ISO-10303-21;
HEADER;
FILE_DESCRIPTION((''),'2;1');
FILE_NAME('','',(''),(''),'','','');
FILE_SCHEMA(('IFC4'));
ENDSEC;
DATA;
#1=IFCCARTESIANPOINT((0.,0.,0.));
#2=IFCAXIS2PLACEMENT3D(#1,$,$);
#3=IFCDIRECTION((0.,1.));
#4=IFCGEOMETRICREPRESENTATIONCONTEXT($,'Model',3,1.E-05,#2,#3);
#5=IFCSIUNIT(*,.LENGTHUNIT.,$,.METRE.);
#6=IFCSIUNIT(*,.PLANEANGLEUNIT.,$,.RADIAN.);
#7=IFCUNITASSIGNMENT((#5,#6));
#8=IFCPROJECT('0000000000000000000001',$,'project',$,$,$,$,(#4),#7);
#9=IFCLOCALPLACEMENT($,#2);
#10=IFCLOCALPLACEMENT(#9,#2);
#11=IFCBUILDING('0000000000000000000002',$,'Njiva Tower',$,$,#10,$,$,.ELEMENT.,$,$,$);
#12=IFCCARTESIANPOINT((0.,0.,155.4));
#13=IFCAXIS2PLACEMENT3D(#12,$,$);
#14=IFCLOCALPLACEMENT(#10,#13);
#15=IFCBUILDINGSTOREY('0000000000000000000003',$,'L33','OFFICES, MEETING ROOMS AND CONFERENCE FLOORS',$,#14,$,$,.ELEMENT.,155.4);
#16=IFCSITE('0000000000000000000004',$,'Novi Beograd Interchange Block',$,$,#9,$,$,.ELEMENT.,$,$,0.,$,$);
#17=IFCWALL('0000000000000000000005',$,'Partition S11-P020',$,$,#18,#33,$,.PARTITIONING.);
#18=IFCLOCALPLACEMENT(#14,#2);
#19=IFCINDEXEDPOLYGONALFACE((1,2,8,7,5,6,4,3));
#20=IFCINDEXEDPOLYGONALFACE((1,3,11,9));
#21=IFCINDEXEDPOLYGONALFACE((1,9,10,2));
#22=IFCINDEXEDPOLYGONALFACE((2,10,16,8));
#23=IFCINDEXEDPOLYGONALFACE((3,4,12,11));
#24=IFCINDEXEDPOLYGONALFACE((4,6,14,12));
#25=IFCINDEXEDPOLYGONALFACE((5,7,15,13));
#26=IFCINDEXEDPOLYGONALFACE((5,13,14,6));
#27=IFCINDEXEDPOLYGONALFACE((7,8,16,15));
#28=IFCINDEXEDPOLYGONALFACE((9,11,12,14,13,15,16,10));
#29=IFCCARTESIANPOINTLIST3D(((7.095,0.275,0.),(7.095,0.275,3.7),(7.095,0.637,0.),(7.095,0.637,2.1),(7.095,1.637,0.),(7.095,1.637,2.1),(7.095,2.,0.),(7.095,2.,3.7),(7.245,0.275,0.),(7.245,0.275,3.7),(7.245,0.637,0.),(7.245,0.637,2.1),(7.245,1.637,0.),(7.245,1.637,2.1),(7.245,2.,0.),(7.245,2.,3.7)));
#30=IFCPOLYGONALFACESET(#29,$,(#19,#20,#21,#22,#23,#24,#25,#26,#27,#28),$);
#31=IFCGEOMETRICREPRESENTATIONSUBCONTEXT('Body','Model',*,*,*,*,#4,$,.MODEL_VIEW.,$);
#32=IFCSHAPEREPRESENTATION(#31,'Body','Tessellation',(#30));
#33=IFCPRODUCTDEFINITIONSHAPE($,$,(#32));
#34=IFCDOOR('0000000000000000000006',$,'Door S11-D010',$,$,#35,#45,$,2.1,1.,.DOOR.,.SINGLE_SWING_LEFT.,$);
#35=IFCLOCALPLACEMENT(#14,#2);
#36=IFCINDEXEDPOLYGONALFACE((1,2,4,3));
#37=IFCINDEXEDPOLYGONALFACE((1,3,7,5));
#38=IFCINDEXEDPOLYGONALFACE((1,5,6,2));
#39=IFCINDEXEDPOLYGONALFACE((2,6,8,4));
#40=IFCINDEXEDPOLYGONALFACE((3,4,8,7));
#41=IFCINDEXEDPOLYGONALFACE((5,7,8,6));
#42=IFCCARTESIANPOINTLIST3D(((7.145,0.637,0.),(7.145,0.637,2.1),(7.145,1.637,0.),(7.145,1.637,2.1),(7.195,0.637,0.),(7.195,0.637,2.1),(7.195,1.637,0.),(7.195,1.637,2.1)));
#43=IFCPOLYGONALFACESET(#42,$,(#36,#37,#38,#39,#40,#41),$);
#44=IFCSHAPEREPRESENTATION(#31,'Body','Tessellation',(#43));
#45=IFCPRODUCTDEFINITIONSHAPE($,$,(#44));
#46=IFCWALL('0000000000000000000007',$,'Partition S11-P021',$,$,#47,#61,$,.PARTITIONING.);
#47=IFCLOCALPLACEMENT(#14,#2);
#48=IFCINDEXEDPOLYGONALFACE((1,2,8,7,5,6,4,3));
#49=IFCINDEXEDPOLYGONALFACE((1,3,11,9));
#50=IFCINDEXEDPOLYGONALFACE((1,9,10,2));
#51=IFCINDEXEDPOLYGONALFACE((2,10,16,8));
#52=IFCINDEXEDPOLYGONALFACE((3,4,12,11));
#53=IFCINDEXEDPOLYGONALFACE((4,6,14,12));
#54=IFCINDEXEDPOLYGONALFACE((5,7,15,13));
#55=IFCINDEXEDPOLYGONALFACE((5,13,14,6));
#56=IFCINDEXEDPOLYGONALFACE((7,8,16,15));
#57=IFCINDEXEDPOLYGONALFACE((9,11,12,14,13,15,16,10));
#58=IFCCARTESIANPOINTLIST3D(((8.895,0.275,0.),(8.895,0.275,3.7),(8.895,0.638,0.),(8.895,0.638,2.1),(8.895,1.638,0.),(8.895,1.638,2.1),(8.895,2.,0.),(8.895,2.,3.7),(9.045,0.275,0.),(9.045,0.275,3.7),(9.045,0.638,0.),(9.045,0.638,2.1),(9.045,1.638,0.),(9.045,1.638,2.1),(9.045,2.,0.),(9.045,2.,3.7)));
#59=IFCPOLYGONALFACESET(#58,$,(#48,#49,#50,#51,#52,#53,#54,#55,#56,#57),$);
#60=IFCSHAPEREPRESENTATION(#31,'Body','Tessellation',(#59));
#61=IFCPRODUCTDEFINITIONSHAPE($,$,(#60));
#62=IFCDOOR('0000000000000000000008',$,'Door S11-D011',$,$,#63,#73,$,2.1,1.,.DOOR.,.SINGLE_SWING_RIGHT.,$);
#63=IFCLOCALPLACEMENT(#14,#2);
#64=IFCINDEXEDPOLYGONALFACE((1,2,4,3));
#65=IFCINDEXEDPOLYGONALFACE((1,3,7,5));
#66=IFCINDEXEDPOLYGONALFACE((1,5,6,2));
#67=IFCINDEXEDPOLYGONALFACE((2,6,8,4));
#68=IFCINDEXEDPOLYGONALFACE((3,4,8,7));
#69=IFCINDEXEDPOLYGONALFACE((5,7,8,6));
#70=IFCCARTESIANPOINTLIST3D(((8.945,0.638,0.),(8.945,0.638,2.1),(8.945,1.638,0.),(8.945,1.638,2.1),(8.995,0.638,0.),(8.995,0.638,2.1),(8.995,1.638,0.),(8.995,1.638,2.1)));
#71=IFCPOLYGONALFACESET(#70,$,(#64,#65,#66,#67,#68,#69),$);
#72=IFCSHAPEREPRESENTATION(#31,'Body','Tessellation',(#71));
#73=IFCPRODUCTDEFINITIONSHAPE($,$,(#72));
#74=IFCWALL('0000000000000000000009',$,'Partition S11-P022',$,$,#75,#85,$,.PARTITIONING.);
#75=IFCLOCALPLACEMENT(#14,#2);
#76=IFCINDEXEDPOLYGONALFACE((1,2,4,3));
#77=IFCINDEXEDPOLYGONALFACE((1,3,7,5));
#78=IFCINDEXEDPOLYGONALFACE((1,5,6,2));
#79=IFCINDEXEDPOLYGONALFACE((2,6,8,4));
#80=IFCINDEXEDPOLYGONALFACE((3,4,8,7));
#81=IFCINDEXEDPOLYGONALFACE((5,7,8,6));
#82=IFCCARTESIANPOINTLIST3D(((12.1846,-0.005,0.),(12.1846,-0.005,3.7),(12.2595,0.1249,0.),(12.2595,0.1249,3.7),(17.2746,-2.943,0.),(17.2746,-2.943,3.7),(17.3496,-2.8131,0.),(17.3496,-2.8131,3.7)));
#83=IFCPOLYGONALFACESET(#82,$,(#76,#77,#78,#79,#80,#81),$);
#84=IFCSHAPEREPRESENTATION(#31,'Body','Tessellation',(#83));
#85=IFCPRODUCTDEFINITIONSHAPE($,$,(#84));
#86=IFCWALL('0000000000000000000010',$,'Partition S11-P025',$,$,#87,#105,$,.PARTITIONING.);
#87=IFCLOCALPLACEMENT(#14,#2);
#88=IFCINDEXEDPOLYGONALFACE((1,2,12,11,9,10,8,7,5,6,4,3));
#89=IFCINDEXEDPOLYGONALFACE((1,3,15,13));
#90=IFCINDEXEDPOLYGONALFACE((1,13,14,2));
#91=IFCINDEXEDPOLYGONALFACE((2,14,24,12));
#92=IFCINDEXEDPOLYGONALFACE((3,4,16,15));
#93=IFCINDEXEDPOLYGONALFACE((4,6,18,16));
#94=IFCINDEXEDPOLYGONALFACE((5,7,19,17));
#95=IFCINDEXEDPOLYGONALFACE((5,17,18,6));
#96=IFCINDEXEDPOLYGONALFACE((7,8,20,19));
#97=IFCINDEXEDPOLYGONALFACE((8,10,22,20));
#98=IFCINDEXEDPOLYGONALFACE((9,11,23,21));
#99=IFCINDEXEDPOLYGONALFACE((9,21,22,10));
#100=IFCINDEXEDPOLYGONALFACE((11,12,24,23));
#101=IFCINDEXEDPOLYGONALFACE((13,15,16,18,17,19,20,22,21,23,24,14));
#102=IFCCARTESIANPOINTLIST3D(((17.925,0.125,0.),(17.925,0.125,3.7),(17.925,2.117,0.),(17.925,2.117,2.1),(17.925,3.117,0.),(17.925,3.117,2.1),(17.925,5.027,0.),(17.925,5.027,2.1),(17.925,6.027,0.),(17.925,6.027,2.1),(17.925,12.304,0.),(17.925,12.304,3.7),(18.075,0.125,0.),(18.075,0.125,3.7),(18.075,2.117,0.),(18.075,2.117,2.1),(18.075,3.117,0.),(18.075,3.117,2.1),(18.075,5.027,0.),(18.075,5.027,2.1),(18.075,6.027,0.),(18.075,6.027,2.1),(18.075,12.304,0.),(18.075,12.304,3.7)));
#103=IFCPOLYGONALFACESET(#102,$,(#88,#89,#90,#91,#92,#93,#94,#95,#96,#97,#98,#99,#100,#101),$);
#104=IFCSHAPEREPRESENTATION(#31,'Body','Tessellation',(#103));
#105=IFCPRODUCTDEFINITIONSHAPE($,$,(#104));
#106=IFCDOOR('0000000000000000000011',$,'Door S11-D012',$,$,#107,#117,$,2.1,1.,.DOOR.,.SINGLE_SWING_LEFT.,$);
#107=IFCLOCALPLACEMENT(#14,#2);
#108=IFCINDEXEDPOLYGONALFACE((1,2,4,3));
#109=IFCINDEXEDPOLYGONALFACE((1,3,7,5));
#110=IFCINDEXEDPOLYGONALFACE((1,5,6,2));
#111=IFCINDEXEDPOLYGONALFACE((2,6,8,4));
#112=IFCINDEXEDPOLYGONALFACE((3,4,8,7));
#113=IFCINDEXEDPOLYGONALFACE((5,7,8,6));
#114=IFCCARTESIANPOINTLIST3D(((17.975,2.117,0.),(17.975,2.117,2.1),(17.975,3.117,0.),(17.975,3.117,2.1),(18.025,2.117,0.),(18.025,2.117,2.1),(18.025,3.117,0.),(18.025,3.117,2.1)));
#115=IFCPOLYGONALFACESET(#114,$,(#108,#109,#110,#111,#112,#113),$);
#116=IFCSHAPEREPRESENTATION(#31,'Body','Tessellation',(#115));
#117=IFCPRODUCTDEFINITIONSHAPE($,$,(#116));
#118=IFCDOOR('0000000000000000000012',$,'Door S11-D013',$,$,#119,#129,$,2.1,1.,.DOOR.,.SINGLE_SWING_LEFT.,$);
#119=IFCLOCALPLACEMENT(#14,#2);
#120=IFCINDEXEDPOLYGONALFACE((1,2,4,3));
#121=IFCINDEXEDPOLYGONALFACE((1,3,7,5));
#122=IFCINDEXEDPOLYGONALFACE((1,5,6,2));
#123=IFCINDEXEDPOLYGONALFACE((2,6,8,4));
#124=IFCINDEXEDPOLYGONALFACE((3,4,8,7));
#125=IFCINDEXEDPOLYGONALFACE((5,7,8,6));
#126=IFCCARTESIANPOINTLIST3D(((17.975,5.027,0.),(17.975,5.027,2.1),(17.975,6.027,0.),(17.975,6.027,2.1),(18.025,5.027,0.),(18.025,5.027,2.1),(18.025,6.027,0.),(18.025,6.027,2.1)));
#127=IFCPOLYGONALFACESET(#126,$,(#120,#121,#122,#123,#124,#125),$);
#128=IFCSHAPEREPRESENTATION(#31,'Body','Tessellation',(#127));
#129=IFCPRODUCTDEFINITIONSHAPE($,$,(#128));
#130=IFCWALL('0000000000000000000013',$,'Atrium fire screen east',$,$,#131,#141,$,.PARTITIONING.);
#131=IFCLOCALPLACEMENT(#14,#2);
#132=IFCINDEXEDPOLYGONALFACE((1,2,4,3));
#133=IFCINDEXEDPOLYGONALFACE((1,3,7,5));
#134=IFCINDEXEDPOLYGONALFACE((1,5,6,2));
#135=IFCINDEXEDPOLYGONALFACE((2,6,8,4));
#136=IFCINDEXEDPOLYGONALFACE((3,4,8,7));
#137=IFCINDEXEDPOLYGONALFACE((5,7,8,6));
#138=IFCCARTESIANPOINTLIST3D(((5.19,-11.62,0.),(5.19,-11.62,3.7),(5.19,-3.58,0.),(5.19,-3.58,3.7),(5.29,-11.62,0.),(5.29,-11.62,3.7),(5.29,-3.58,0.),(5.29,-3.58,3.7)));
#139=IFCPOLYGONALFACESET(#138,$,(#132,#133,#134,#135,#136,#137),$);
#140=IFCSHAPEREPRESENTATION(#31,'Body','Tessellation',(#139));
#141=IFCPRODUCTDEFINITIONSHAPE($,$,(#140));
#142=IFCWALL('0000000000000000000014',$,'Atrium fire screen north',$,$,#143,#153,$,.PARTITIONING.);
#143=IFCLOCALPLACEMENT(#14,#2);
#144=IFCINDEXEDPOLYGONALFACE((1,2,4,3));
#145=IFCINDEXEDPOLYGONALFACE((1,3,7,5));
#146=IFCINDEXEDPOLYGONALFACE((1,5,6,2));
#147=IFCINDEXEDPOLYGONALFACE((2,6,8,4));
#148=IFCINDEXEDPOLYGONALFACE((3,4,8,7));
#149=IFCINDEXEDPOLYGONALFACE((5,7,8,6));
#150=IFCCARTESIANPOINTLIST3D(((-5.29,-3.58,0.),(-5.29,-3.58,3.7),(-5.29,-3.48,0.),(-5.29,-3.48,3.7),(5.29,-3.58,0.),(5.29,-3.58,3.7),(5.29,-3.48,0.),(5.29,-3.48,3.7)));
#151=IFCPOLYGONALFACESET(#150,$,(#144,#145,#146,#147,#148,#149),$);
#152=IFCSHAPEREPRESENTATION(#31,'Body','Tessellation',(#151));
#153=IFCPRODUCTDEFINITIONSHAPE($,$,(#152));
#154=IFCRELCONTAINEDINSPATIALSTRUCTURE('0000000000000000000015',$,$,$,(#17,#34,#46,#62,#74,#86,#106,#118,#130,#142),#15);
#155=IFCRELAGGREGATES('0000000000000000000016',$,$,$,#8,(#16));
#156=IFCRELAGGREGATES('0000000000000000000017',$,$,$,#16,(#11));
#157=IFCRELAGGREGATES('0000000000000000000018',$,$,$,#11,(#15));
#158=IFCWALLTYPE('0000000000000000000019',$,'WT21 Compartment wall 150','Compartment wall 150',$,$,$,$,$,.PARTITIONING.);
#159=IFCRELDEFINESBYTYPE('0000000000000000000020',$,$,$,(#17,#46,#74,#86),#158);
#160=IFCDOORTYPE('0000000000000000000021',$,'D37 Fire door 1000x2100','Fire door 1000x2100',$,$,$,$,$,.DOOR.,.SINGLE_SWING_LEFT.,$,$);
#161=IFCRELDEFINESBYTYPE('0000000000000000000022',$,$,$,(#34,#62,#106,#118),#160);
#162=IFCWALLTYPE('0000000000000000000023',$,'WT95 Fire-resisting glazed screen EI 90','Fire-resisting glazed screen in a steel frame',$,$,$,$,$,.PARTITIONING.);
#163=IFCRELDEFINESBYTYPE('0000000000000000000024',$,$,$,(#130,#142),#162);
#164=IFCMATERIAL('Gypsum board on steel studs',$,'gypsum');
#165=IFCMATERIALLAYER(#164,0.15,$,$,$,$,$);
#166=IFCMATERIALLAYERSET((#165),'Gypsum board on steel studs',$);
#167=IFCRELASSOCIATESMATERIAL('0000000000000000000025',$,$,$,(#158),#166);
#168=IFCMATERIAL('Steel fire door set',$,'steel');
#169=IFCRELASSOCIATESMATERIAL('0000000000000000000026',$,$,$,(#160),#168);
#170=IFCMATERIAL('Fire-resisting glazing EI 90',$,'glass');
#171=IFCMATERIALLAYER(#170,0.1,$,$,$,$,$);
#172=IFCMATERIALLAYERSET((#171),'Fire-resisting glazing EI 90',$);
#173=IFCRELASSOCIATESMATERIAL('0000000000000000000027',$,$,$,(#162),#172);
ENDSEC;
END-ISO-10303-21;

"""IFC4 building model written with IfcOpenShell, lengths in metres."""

from ifc_helpers import new_model, si_unit, direction, frame, frame_2d, origin, place, context, subcontext, project, spatial, rectangle, extrude, material, layer, layer_set, type_object, element, fill, save


model = new_model("IFC4")

# Units and contexts
model_context = context("Model", 3, precision=1e-05, world=origin(), true_north=direction((0.0, 1.0)))
body_context = subcontext(model_context, "Body", "Model", "MODEL_VIEW")
ifc_project = project(units=[si_unit("LENGTHUNIT", "METRE"), si_unit("PLANEANGLEUNIT", "RADIAN")], contexts=[model_context])

# Site, building, storey
site_placement = place(None, origin())
site = spatial("IfcSite", under=ifc_project, at=site_placement, Name="Novi Beograd Interchange Block", CompositionType="ELEMENT", RefElevation=0.0)
building_placement = place(site_placement, origin())
building = spatial("IfcBuilding", under=site, at=building_placement, Name="Njiva Tower", CompositionType="ELEMENT")
storey_placement = place(building_placement, frame((0.0, 0.0, 155.4)))
storey = spatial("IfcBuildingStorey", under=building, at=storey_placement, Name="L33", Description="OFFICES, MEETING ROOMS AND CONFERENCE FLOORS", CompositionType="ELEMENT", Elevation=155.4)

# Shared definitions
ifc_material_1 = material(Name="Gypsum board on steel studs", Category="gypsum")
ifc_layer_1 = layer(ifc_material_1, 0.15)
ifc_layer_set_1 = layer_set([ifc_layer_1], Name="Gypsum board on steel studs")
wall_type_1 = type_object("IfcWallType", Name="WT21 Compartment wall 150", Description="Compartment wall 150", PredefinedType="PARTITIONING", material=ifc_layer_set_1)

# Walls, openings, doors
ifc_material_2 = material(Name="Steel fire door set", Category="steel")
door_type = type_object("IfcDoorType", Name="D37 Fire door 1000x2100", Description="Fire door 1000x2100", OperationType="SINGLE_SWING_LEFT", PredefinedType="DOOR", material=ifc_material_2)
wall_1_placement = place(storey_placement, frame((7.17, 0.275, 0.0), z_axis=(0.0, 0.0, 1.0), x_axis=(0.0, 1.0, 0.0)))
wall_1 = element("IfcWall", 1, at=wall_1_placement, inside=storey, type_object=wall_type_1, Name="Partition S11-P020", PredefinedType="PARTITIONING", context=body_context, shape_type="SweptSolid", body=[
    extrude(rectangle(XDim=1.725, YDim=0.15, at=frame_2d((0.8625, 0.0))), origin(), (0.0, 0.0, 1.0), 3.7),
])
opening_1_placement = place(wall_1_placement, frame((0.362, 0.0, 0.0)))
opening_1 = element("IfcOpeningElement", 2, at=opening_1_placement, cuts=wall_1, PredefinedType="OPENING", context=body_context, shape_type="SweptSolid", body=[
    extrude(rectangle(XDim=1.0, YDim=2.1, at=frame_2d((0.5, 1.05))), frame((0.0, 0.085, 0.0), z_axis=(0.0, -1.0, 0.0), x_axis=(1.0, 0.0, 0.0)), (0.0, 0.0, 1.0), 0.17),
])
door_1_placement = place(opening_1_placement, origin())
door_1 = element("IfcDoor", 3, at=door_1_placement, inside=storey, type_object=door_type, Name="Door S11-D010", OperationType="SINGLE_SWING_LEFT", OverallHeight=2.1, OverallWidth=1.0, PredefinedType="DOOR", context=body_context, shape_type="SweptSolid", body=[
    extrude(rectangle(XDim=1.0, YDim=2.1, at=frame_2d((0.5, 1.05))), frame((0.0, 0.025, 0.0), z_axis=(0.0, -1.0, 0.0), x_axis=(1.0, 0.0, 0.0)), (0.0, 0.0, 1.0), 0.05),
])
fill(opening_1, door_1)
wall_2_placement = place(storey_placement, frame((8.97, 0.275, 0.0), z_axis=(0.0, 0.0, 1.0), x_axis=(0.0, 1.0, 0.0)))
wall_2 = element("IfcWall", 4, at=wall_2_placement, inside=storey, type_object=wall_type_1, Name="Partition S11-P021", PredefinedType="PARTITIONING", context=body_context, shape_type="SweptSolid", body=[
    extrude(rectangle(XDim=1.725, YDim=0.15, at=frame_2d((0.8625, 0.0))), origin(), (0.0, 0.0, 1.0), 3.7),
])
opening_2_placement = place(wall_2_placement, frame((0.363, 0.0, 0.0)))
opening_2 = element("IfcOpeningElement", 5, at=opening_2_placement, cuts=wall_2, PredefinedType="OPENING", context=body_context, shape_type="SweptSolid", body=[
    extrude(rectangle(XDim=1.0, YDim=2.1, at=frame_2d((0.5, 1.05))), frame((0.0, 0.085, 0.0), z_axis=(0.0, -1.0, 0.0), x_axis=(1.0, 0.0, 0.0)), (0.0, 0.0, 1.0), 0.17),
])
door_2_placement = place(opening_2_placement, origin())
door_2 = element("IfcDoor", 6, at=door_2_placement, inside=storey, type_object=door_type, Name="Door S11-D011", OperationType="SINGLE_SWING_RIGHT", OverallHeight=2.1, OverallWidth=1.0, PredefinedType="DOOR", context=body_context, shape_type="SweptSolid", body=[
    extrude(rectangle(XDim=1.0, YDim=2.1, at=frame_2d((0.5, 1.05))), frame((0.0, 0.025, 0.0), z_axis=(0.0, -1.0, 0.0), x_axis=(1.0, 0.0, 0.0)), (0.0, 0.0, 1.0), 0.05),
])
fill(opening_2, door_2)

# Wall
wall_3_placement = place(storey_placement, frame((12.222, 0.06, 0.0), z_axis=(0.0, 0.0, 1.0), x_axis=(0.866078, -0.499909, 0.0)))
element("IfcWall", 7, at=wall_3_placement, inside=storey, type_object=wall_type_1, Name="Partition S11-P022", PredefinedType="PARTITIONING", context=body_context, shape_type="SweptSolid", body=[
    extrude(rectangle(XDim=5.8771, YDim=0.15, at=frame_2d((2.9386, 0.0))), origin(), (0.0, 0.0, 1.0), 3.7),
])

# Wall, openings, doors
wall_4_placement = place(storey_placement, frame((18.0, 0.125, 0.0), z_axis=(0.0, 0.0, 1.0), x_axis=(0.0, 1.0, 0.0)))
wall_4 = element("IfcWall", 8, at=wall_4_placement, inside=storey, type_object=wall_type_1, Name="Partition S11-P025", PredefinedType="PARTITIONING", context=body_context, shape_type="SweptSolid", body=[
    extrude(rectangle(XDim=12.179, YDim=0.15, at=frame_2d((6.0895, 0.0))), origin(), (0.0, 0.0, 1.0), 3.7),
])
opening_3_placement = place(wall_4_placement, frame((1.992, 0.0, 0.0)))
opening_3 = element("IfcOpeningElement", 9, at=opening_3_placement, cuts=wall_4, PredefinedType="OPENING", context=body_context, shape_type="SweptSolid", body=[
    extrude(rectangle(XDim=1.0, YDim=2.1, at=frame_2d((0.5, 1.05))), frame((0.0, 0.085, 0.0), z_axis=(0.0, -1.0, 0.0), x_axis=(1.0, 0.0, 0.0)), (0.0, 0.0, 1.0), 0.17),
])
opening_4_placement = place(wall_4_placement, frame((4.902, 0.0, 0.0)))
opening_4 = element("IfcOpeningElement", 10, at=opening_4_placement, cuts=wall_4, PredefinedType="OPENING", context=body_context, shape_type="SweptSolid", body=[
    extrude(rectangle(XDim=1.0, YDim=2.1, at=frame_2d((0.5, 1.05))), frame((0.0, 0.085, 0.0), z_axis=(0.0, -1.0, 0.0), x_axis=(1.0, 0.0, 0.0)), (0.0, 0.0, 1.0), 0.17),
])
door_3_placement = place(opening_3_placement, origin())
door_3 = element("IfcDoor", 11, at=door_3_placement, inside=storey, type_object=door_type, Name="Door S11-D012", OperationType="SINGLE_SWING_LEFT", OverallHeight=2.1, OverallWidth=1.0, PredefinedType="DOOR", context=body_context, shape_type="SweptSolid", body=[
    extrude(rectangle(XDim=1.0, YDim=2.1, at=frame_2d((0.5, 1.05))), frame((0.0, 0.025, 0.0), z_axis=(0.0, -1.0, 0.0), x_axis=(1.0, 0.0, 0.0)), (0.0, 0.0, 1.0), 0.05),
])
fill(opening_3, door_3)
door_4_placement = place(opening_4_placement, origin())
door_4 = element("IfcDoor", 12, at=door_4_placement, inside=storey, type_object=door_type, Name="Door S11-D013", OperationType="SINGLE_SWING_LEFT", OverallHeight=2.1, OverallWidth=1.0, PredefinedType="DOOR", context=body_context, shape_type="SweptSolid", body=[
    extrude(rectangle(XDim=1.0, YDim=2.1, at=frame_2d((0.5, 1.05))), frame((0.0, 0.025, 0.0), z_axis=(0.0, -1.0, 0.0), x_axis=(1.0, 0.0, 0.0)), (0.0, 0.0, 1.0), 0.05),
])
fill(opening_4, door_4)

# Walls
ifc_material_3 = material(Name="Fire-resisting glazing EI 90", Category="glass")
ifc_layer_2 = layer(ifc_material_3, 0.1)
ifc_layer_set_2 = layer_set([ifc_layer_2], Name="Fire-resisting glazing EI 90")
wall_type_2 = type_object("IfcWallType", Name="WT95 Fire-resisting glazed screen EI 90", Description="Fire-resisting glazed screen in a steel frame", PredefinedType="PARTITIONING", material=ifc_layer_set_2)
wall_5_placement = place(storey_placement, frame((5.24, -11.62, 0.0), z_axis=(0.0, 0.0, 1.0), x_axis=(0.0, 1.0, 0.0)))
element("IfcWall", 13, at=wall_5_placement, inside=storey, type_object=wall_type_2, Name="Atrium fire screen east", PredefinedType="PARTITIONING", context=body_context, shape_type="SweptSolid", body=[
    extrude(rectangle(XDim=8.04, YDim=0.1, at=frame_2d((4.02, 0.0))), origin(), (0.0, 0.0, 1.0), 3.7),
])
wall_6_placement = place(storey_placement, frame((5.29, -3.53, 0.0), z_axis=(0.0, 0.0, 1.0), x_axis=(-1.0, 0.0, 0.0)))
element("IfcWall", 14, at=wall_6_placement, inside=storey, type_object=wall_type_2, Name="Atrium fire screen north", PredefinedType="PARTITIONING", context=body_context, shape_type="SweptSolid", body=[
    extrude(rectangle(XDim=10.58, YDim=0.1, at=frame_2d((5.29, 0.0))), origin(), (0.0, 0.0, 1.0), 3.7),
])

save(model, "model.ifc")
